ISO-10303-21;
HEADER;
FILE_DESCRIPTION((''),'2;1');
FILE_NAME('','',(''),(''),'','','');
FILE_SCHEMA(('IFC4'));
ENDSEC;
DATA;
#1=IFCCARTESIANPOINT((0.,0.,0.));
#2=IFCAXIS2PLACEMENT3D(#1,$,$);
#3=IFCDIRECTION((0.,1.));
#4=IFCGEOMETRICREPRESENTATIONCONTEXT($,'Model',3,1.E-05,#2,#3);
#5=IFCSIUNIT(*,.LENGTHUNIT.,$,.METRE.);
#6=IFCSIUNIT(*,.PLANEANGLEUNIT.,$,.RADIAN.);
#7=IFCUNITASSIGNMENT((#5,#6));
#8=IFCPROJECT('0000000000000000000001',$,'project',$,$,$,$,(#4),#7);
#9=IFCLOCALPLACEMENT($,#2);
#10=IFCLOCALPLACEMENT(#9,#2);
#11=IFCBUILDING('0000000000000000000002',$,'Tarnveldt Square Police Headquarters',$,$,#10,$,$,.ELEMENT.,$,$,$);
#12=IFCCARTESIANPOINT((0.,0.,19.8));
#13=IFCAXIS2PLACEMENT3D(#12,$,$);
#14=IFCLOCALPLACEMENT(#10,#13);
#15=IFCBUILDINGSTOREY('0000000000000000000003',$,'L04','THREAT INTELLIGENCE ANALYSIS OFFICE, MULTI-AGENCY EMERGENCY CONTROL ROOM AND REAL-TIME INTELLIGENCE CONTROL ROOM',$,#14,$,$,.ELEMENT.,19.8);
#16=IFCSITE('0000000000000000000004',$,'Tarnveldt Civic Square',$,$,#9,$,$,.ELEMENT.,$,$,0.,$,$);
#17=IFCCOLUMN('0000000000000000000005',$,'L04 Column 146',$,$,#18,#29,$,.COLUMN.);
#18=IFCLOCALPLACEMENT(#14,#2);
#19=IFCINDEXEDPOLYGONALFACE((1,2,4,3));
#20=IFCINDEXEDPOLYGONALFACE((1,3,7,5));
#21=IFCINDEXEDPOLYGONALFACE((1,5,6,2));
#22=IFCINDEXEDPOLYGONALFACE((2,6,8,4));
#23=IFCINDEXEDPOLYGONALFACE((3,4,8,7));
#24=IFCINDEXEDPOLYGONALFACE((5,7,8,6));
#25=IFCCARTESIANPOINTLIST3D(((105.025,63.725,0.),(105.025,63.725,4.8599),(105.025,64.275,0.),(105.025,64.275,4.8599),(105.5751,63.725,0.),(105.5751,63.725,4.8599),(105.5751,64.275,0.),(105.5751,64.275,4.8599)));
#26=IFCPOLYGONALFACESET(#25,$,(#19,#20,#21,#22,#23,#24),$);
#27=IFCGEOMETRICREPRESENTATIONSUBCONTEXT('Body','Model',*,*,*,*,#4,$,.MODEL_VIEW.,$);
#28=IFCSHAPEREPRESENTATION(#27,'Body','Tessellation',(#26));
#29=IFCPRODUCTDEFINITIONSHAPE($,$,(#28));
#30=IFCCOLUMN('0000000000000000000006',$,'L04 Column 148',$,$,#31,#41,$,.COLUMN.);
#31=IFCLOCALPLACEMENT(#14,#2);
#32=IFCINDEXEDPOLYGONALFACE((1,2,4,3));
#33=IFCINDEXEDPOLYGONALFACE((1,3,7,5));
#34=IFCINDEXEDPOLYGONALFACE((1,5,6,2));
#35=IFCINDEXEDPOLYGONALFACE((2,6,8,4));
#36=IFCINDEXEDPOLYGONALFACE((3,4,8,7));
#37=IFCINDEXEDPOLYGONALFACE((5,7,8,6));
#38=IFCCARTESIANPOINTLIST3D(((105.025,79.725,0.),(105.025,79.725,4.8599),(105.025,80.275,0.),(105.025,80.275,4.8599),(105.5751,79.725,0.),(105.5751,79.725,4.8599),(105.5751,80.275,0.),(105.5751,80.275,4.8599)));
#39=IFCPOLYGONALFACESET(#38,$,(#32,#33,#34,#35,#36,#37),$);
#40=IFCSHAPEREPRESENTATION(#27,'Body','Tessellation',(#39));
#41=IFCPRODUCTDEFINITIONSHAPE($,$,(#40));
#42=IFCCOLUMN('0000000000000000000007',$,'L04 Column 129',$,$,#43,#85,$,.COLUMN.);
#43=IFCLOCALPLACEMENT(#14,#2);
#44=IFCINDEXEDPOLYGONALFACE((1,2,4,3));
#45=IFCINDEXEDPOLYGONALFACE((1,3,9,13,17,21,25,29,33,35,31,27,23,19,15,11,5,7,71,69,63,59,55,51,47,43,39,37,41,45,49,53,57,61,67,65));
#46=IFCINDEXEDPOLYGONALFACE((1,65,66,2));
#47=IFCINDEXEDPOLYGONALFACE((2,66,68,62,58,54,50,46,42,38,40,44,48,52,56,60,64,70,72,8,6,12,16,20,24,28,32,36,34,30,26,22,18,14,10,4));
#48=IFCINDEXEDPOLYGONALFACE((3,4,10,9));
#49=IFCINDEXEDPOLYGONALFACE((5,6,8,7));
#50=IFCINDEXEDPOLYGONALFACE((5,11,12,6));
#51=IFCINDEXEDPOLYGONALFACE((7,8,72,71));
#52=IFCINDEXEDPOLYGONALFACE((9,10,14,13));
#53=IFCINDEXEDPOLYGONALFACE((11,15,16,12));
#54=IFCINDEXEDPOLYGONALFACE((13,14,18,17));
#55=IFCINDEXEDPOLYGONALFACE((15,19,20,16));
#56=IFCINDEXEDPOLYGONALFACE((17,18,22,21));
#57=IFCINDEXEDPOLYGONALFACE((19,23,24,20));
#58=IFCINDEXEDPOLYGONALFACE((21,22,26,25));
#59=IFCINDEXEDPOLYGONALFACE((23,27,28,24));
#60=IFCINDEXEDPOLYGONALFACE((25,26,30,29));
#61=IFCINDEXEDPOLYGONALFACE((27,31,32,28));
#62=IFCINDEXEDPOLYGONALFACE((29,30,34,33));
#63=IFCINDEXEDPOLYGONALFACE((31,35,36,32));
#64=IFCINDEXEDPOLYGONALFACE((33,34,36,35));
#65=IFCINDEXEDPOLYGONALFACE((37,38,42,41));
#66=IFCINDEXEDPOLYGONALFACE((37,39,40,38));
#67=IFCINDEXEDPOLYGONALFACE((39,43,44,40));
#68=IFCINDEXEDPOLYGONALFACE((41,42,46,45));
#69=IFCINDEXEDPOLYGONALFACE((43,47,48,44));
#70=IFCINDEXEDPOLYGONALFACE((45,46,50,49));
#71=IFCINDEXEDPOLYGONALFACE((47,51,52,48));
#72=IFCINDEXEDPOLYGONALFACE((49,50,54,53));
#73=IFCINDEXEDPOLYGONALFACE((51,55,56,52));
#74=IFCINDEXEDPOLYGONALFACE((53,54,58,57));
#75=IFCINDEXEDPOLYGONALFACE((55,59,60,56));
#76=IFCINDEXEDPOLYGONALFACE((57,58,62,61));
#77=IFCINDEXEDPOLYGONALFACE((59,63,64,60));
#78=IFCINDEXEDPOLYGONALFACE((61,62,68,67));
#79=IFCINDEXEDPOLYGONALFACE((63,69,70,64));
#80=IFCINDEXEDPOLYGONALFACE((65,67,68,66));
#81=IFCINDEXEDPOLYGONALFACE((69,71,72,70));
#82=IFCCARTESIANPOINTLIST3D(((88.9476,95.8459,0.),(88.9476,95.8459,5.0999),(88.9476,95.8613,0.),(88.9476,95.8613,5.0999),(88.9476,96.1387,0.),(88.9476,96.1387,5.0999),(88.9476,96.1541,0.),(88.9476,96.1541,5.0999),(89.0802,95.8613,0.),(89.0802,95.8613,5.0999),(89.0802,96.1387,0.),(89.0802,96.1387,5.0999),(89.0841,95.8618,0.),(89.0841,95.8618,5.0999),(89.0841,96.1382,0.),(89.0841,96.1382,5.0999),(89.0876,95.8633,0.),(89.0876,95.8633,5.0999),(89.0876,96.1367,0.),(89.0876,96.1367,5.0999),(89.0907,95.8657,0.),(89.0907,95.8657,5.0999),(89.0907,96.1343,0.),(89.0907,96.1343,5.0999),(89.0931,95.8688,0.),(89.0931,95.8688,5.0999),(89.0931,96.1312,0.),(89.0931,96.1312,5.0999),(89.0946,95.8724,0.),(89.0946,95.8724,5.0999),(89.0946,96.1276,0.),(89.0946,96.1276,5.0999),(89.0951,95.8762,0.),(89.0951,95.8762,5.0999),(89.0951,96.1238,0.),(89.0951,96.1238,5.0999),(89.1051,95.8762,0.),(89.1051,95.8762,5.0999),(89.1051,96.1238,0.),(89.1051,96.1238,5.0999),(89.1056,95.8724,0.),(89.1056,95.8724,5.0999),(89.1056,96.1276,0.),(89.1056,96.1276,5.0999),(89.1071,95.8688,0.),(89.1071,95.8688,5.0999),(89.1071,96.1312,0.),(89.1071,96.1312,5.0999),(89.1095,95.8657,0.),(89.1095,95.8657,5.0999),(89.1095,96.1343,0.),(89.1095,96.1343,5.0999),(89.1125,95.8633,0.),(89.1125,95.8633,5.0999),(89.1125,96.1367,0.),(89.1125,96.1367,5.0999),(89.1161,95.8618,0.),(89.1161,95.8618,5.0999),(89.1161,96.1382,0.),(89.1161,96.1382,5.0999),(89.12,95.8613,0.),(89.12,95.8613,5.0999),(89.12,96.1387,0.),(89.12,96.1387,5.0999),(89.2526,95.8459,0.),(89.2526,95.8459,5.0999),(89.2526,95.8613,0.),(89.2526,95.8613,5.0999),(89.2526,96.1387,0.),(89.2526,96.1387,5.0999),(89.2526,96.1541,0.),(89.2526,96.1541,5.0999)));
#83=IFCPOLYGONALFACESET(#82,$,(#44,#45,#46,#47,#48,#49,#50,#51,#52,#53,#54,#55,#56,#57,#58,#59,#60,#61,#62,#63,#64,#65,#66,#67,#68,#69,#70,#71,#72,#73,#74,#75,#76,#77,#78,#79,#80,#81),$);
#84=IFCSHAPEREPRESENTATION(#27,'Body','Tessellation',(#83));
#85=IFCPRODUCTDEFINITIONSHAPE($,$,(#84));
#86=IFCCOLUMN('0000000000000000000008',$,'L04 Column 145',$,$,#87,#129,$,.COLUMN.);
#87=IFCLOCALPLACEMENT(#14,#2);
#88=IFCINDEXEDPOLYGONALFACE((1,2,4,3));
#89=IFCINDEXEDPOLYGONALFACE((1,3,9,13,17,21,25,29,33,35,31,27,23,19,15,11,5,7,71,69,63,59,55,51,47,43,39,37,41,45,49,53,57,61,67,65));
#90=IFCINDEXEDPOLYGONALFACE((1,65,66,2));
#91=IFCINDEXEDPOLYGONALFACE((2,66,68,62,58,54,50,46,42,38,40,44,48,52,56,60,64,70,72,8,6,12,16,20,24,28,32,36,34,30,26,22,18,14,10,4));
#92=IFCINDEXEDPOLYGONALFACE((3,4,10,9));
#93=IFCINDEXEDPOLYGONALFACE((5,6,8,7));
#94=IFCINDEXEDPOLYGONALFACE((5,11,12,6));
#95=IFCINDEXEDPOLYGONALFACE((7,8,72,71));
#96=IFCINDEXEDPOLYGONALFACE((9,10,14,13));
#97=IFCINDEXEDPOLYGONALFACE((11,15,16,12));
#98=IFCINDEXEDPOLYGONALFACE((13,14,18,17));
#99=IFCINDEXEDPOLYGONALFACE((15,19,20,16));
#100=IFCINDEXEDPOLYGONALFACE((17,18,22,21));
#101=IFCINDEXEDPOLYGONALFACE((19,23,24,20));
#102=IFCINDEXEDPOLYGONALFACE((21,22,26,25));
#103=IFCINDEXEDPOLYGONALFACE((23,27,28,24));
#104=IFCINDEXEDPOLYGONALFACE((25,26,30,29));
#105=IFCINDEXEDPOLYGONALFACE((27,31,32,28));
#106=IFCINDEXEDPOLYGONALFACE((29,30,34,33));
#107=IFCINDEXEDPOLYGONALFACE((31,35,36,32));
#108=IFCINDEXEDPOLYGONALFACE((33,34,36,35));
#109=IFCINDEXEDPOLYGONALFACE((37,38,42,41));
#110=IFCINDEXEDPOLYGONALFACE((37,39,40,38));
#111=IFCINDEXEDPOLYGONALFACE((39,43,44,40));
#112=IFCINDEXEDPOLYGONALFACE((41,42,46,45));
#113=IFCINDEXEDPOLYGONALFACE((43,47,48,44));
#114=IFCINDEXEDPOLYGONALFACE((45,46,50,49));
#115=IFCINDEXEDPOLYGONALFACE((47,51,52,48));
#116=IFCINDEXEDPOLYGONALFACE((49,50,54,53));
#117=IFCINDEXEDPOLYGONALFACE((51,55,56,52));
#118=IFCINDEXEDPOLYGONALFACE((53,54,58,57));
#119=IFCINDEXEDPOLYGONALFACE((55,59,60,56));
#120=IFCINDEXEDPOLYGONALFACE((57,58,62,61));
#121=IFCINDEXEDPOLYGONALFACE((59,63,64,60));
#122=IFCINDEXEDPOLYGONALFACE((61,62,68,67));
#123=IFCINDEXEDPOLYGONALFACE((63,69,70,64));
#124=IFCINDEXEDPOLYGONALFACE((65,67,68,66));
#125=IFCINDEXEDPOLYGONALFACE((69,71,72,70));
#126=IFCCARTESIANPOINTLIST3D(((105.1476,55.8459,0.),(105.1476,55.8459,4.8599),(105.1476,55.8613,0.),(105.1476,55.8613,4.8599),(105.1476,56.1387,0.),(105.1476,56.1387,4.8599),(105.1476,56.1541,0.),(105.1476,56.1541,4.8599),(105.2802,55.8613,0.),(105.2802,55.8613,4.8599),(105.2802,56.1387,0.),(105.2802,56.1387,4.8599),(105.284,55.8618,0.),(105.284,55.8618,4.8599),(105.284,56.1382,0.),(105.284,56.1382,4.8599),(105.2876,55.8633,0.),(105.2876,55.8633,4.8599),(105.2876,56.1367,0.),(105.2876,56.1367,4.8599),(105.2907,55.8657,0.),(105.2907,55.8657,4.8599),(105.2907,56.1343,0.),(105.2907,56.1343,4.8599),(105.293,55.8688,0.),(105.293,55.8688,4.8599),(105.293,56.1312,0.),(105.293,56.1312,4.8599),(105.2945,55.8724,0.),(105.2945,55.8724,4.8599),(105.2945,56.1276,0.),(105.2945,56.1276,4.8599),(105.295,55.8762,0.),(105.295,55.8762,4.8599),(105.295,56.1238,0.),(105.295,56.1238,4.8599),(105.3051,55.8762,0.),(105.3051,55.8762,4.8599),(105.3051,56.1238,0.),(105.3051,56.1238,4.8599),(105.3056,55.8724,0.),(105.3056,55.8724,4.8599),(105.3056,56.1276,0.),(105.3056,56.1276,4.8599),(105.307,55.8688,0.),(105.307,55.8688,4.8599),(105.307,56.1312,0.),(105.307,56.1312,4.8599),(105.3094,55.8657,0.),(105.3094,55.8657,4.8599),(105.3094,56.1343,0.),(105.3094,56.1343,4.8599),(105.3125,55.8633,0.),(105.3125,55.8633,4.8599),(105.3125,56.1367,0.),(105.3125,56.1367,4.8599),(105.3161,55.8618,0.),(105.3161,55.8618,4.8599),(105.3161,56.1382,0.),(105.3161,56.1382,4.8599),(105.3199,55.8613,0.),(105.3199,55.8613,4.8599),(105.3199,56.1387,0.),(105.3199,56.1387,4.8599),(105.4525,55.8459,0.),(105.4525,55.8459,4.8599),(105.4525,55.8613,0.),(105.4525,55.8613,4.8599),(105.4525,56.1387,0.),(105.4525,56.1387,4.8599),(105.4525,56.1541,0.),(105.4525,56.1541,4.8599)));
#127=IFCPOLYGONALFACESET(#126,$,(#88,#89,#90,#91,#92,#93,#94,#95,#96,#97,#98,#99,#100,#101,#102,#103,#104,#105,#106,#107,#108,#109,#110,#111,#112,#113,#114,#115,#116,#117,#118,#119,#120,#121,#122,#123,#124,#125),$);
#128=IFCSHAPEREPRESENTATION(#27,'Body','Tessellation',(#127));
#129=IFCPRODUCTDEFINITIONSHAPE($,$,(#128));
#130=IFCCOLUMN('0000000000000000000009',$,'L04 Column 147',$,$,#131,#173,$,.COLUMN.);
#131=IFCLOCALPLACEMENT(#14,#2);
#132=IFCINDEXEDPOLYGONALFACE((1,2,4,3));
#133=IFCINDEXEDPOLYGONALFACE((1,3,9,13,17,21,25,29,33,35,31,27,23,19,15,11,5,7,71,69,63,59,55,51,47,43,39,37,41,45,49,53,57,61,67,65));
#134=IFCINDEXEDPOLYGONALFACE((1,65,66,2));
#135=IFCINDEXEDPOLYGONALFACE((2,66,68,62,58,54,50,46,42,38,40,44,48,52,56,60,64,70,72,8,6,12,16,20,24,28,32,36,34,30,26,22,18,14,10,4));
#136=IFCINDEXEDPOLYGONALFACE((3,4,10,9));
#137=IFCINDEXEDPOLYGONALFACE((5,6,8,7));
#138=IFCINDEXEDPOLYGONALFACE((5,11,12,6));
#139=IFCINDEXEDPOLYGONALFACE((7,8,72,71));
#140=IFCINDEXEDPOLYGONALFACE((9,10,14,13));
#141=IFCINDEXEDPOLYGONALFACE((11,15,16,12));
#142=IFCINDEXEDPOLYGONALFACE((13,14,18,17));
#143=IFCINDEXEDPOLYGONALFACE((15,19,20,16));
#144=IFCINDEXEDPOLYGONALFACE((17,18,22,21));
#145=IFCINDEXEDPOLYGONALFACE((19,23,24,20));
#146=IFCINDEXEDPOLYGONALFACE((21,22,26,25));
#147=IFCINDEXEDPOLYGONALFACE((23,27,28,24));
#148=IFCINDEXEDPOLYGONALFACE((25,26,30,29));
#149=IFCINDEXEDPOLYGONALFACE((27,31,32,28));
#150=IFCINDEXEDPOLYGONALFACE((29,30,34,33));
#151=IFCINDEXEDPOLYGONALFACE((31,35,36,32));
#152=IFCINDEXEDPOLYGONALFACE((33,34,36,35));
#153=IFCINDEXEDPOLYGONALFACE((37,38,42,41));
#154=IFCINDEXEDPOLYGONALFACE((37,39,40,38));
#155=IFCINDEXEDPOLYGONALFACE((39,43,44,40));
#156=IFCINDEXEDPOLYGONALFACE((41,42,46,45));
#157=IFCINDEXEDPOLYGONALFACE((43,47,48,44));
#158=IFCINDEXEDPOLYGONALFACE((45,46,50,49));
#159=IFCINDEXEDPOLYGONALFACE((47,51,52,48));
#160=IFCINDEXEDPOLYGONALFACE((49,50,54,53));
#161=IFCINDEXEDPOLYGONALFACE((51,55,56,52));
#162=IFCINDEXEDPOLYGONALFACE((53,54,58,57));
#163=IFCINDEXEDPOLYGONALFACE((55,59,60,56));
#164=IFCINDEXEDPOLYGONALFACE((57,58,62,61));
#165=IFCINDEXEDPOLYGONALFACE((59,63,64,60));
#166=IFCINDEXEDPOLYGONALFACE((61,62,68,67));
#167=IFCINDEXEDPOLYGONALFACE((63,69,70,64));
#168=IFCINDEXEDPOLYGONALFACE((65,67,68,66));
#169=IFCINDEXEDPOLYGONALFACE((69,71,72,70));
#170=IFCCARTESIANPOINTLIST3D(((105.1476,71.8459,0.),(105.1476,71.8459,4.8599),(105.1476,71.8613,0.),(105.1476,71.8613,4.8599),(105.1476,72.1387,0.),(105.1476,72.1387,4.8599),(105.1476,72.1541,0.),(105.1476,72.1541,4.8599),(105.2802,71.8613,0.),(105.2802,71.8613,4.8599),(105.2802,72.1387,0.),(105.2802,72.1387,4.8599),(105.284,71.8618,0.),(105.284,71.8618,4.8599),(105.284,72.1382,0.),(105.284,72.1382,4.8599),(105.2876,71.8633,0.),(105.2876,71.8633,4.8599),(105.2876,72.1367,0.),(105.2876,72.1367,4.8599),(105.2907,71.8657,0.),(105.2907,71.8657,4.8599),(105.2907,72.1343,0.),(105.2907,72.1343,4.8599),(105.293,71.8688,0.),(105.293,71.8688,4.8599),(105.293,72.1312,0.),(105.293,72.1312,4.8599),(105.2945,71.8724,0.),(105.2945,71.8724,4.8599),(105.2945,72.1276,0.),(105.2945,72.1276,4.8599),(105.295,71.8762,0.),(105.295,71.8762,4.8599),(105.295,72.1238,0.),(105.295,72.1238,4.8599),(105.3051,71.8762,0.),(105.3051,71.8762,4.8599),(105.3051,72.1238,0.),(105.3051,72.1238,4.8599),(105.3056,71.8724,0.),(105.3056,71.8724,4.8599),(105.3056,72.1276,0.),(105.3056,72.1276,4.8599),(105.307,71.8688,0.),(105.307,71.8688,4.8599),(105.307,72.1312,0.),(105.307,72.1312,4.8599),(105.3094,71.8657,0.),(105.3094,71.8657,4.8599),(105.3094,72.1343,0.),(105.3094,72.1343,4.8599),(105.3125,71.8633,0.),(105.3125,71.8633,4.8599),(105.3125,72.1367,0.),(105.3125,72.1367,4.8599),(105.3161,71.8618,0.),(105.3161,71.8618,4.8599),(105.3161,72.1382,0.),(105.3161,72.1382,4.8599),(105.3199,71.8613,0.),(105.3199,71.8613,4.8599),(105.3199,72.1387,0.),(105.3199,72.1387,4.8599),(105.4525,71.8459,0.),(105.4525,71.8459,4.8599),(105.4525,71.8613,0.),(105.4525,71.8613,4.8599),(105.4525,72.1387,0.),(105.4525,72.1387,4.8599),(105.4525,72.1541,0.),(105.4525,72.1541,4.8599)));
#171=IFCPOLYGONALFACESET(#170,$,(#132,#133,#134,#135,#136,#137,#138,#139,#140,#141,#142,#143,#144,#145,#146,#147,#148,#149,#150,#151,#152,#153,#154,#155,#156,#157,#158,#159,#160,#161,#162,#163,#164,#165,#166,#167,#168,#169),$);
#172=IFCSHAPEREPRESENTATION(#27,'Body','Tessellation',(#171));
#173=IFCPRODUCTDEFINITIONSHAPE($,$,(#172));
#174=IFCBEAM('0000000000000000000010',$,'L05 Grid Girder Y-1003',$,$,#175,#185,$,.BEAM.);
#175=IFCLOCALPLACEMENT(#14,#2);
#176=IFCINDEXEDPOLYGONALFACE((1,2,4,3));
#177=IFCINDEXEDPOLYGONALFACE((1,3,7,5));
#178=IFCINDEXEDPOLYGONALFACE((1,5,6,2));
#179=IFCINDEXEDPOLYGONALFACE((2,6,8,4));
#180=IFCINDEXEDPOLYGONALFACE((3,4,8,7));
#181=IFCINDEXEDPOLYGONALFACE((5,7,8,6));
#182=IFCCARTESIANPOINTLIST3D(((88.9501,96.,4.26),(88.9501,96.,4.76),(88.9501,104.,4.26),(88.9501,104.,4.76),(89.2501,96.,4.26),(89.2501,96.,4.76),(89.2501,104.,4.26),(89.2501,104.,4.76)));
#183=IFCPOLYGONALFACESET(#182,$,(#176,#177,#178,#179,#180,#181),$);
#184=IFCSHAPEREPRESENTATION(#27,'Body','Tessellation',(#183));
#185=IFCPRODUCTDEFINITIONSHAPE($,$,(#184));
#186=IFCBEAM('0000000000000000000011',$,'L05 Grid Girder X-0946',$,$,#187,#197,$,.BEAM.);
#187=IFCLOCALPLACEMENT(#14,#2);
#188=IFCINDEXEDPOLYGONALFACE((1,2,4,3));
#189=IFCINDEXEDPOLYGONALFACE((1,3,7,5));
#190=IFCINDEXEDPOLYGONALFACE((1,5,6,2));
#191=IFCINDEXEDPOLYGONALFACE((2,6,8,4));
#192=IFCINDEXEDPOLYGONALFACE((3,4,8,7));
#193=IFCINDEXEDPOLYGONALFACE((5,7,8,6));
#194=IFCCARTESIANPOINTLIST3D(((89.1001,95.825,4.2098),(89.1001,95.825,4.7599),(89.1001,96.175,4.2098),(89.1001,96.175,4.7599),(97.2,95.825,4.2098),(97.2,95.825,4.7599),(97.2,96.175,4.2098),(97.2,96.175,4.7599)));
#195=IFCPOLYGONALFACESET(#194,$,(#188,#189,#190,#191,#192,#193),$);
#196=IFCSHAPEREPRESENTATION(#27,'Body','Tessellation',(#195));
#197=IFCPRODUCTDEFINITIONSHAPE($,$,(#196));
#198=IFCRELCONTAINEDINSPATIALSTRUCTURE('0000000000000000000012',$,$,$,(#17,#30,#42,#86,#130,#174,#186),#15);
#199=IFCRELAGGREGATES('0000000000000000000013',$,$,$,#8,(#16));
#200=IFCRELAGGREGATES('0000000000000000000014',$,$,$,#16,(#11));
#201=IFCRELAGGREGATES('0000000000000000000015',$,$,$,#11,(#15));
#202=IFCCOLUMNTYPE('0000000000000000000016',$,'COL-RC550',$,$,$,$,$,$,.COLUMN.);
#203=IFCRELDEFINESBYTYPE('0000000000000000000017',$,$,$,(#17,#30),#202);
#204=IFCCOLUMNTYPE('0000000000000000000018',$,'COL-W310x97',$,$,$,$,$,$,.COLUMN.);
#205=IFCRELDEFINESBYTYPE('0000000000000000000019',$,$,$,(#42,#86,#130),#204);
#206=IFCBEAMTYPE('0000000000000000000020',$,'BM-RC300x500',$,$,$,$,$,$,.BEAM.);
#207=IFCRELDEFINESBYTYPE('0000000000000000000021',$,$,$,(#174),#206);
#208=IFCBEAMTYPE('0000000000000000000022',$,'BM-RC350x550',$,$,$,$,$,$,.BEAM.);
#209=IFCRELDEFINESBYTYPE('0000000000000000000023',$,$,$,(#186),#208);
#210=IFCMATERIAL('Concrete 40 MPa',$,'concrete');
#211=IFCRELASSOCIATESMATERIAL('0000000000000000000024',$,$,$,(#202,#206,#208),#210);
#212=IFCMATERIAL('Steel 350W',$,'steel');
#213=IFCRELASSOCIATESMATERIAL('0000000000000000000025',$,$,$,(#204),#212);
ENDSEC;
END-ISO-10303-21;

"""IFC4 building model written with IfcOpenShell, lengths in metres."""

from ifc_helpers import new_model, si_unit, direction, frame, origin, origin_2d, place, context, subcontext, project, spatial, rectangle, i_section, extrude, material, material_profile, profile_set, type_object, element, save


model = new_model("IFC4")

# Units and contexts
model_context = context("Model", 3, precision=1e-05, world=origin(), true_north=direction((0.0, 1.0)))
body_context = subcontext(model_context, "Body", "Model", "MODEL_VIEW")
ifc_project = project(units=[si_unit("LENGTHUNIT", "METRE"), si_unit("PLANEANGLEUNIT", "RADIAN")], contexts=[model_context])

# Site, building, storey
site_placement = place(None, origin())
site = spatial("IfcSite", under=ifc_project, at=site_placement, Name="Tarnveldt Civic Square", CompositionType="ELEMENT", RefElevation=0.0)
building_placement = place(site_placement, origin())
building = spatial("IfcBuilding", under=site, at=building_placement, Name="Tarnveldt Square Police Headquarters", CompositionType="ELEMENT")
storey_placement = place(building_placement, frame((0.0, 0.0, 19.8)))
storey = spatial("IfcBuildingStorey", under=building, at=storey_placement, Name="L04", Description="THREAT INTELLIGENCE ANALYSIS OFFICE, MULTI-AGENCY EMERGENCY CONTROL ROOM AND REAL-TIME INTELLIGENCE CONTROL ROOM", CompositionType="ELEMENT", Elevation=19.8)

# Columns
ifc_material_1 = material(Name="Concrete 40 MPa", Category="concrete")
ifc_material_profile_1 = material_profile(ifc_material_1, rectangle(XDim=0.55, YDim=0.55, at=origin_2d()), Name="RC-C550x550")
ifc_profile_set_1 = profile_set([ifc_material_profile_1], Name="Concrete 40 MPa")
column_type_1 = type_object("IfcColumnType", Name="COL-RC550", PredefinedType="COLUMN", material=ifc_profile_set_1)
for number, where, z_axis, x_axis, name in (
    (1, (105.3, 64.0, 0.0), (0.0, 0.0, 1.0), (1.0, 0.0, 0.0), "L04 Column 146"),
    (2, (105.3, 80.0, 0.0), (0.0, 0.0, 1.0), (1.0, 0.0, 0.0), "L04 Column 148"),
):
    element("IfcColumn", number, at=place(storey_placement, frame(where, z_axis=z_axis, x_axis=x_axis)), inside=storey, type_object=column_type_1, Name=name, PredefinedType="COLUMN", context=body_context, shape_type="SweptSolid", body=[
        extrude(rectangle(XDim=0.55, YDim=0.55, at=origin_2d()), origin(), (0.0, 0.0, 1.0), 4.8599),
    ])
ifc_material_2 = material(Name="Steel 350W", Category="steel")
ifc_material_profile_2 = material_profile(ifc_material_2, i_section(OverallWidth=0.3049, OverallDepth=0.3081, WebThickness=0.01, FlangeThickness=0.0154, FilletRadius=0.0149, at=origin_2d()), Name="W310x97")
ifc_profile_set_2 = profile_set([ifc_material_profile_2], Name="Steel 350W")
column_type_2 = type_object("IfcColumnType", Name="COL-W310x97", PredefinedType="COLUMN", material=ifc_profile_set_2)
column_placement = place(storey_placement, frame((89.1001, 96.0, 0.0), z_axis=(0.0, 0.0, 1.0), x_axis=(1.0, 0.0, 0.0)))
element("IfcColumn", 3, at=column_placement, inside=storey, type_object=column_type_2, Name="L04 Column 129", PredefinedType="COLUMN", context=body_context, shape_type="SweptSolid", body=[
    extrude(i_section(OverallWidth=0.3049, OverallDepth=0.3081, WebThickness=0.01, FlangeThickness=0.0154, FilletRadius=0.0149, at=origin_2d()), origin(), (0.0, 0.0, 1.0), 5.0999),
])
for number, where, z_axis, x_axis, name in (
    (4, (105.3, 56.0, 0.0), (0.0, 0.0, 1.0), (1.0, 0.0, 0.0), "L04 Column 145"),
    (5, (105.3, 72.0, 0.0), (0.0, 0.0, 1.0), (1.0, 0.0, 0.0), "L04 Column 147"),
):
    element("IfcColumn", number, at=place(storey_placement, frame(where, z_axis=z_axis, x_axis=x_axis)), inside=storey, type_object=column_type_2, Name=name, PredefinedType="COLUMN", context=body_context, shape_type="SweptSolid", body=[
        extrude(i_section(OverallWidth=0.3049, OverallDepth=0.3081, WebThickness=0.01, FlangeThickness=0.0154, FilletRadius=0.0149, at=origin_2d()), origin(), (0.0, 0.0, 1.0), 4.8599),
    ])

# Beams
ifc_material_profile_3 = material_profile(ifc_material_1, rectangle(XDim=0.3, YDim=0.5, at=origin_2d()), Name="RC-B300x500")
ifc_profile_set_3 = profile_set([ifc_material_profile_3], Name="Concrete 40 MPa")
beam_type_1 = type_object("IfcBeamType", Name="BM-RC300x500", PredefinedType="BEAM", material=ifc_profile_set_3)
beam_1_placement = place(storey_placement, frame((89.1001, 96.0, 4.51), z_axis=(0.0, 1.0, 0.0), x_axis=(-1.0, 0.0, 0.0)))
element("IfcBeam", 6, at=beam_1_placement, inside=storey, type_object=beam_type_1, Name="L05 Grid Girder Y-1003", PredefinedType="BEAM", context=body_context, shape_type="SweptSolid", body=[
    extrude(rectangle(XDim=0.3, YDim=0.5, at=origin_2d()), origin(), (0.0, 0.0, 1.0), 8.0),
])
ifc_material_profile_4 = material_profile(ifc_material_1, rectangle(XDim=0.3501, YDim=0.55, at=origin_2d()), Name="RC-B350x550")
ifc_profile_set_4 = profile_set([ifc_material_profile_4], Name="Concrete 40 MPa")
beam_type_2 = type_object("IfcBeamType", Name="BM-RC350x550", PredefinedType="BEAM", material=ifc_profile_set_4)
beam_2_placement = place(storey_placement, frame((89.1001, 96.0, 4.4849), z_axis=(1.0, 0.0, 0.0), x_axis=(0.0, 1.0, 0.0)))
element("IfcBeam", 7, at=beam_2_placement, inside=storey, type_object=beam_type_2, Name="L05 Grid Girder X-0946", PredefinedType="BEAM", context=body_context, shape_type="SweptSolid", body=[
    extrude(rectangle(XDim=0.3501, YDim=0.55, at=origin_2d()), origin(), (0.0, 0.0, 1.0), 8.0999),
])

save(model, "model.ifc")
